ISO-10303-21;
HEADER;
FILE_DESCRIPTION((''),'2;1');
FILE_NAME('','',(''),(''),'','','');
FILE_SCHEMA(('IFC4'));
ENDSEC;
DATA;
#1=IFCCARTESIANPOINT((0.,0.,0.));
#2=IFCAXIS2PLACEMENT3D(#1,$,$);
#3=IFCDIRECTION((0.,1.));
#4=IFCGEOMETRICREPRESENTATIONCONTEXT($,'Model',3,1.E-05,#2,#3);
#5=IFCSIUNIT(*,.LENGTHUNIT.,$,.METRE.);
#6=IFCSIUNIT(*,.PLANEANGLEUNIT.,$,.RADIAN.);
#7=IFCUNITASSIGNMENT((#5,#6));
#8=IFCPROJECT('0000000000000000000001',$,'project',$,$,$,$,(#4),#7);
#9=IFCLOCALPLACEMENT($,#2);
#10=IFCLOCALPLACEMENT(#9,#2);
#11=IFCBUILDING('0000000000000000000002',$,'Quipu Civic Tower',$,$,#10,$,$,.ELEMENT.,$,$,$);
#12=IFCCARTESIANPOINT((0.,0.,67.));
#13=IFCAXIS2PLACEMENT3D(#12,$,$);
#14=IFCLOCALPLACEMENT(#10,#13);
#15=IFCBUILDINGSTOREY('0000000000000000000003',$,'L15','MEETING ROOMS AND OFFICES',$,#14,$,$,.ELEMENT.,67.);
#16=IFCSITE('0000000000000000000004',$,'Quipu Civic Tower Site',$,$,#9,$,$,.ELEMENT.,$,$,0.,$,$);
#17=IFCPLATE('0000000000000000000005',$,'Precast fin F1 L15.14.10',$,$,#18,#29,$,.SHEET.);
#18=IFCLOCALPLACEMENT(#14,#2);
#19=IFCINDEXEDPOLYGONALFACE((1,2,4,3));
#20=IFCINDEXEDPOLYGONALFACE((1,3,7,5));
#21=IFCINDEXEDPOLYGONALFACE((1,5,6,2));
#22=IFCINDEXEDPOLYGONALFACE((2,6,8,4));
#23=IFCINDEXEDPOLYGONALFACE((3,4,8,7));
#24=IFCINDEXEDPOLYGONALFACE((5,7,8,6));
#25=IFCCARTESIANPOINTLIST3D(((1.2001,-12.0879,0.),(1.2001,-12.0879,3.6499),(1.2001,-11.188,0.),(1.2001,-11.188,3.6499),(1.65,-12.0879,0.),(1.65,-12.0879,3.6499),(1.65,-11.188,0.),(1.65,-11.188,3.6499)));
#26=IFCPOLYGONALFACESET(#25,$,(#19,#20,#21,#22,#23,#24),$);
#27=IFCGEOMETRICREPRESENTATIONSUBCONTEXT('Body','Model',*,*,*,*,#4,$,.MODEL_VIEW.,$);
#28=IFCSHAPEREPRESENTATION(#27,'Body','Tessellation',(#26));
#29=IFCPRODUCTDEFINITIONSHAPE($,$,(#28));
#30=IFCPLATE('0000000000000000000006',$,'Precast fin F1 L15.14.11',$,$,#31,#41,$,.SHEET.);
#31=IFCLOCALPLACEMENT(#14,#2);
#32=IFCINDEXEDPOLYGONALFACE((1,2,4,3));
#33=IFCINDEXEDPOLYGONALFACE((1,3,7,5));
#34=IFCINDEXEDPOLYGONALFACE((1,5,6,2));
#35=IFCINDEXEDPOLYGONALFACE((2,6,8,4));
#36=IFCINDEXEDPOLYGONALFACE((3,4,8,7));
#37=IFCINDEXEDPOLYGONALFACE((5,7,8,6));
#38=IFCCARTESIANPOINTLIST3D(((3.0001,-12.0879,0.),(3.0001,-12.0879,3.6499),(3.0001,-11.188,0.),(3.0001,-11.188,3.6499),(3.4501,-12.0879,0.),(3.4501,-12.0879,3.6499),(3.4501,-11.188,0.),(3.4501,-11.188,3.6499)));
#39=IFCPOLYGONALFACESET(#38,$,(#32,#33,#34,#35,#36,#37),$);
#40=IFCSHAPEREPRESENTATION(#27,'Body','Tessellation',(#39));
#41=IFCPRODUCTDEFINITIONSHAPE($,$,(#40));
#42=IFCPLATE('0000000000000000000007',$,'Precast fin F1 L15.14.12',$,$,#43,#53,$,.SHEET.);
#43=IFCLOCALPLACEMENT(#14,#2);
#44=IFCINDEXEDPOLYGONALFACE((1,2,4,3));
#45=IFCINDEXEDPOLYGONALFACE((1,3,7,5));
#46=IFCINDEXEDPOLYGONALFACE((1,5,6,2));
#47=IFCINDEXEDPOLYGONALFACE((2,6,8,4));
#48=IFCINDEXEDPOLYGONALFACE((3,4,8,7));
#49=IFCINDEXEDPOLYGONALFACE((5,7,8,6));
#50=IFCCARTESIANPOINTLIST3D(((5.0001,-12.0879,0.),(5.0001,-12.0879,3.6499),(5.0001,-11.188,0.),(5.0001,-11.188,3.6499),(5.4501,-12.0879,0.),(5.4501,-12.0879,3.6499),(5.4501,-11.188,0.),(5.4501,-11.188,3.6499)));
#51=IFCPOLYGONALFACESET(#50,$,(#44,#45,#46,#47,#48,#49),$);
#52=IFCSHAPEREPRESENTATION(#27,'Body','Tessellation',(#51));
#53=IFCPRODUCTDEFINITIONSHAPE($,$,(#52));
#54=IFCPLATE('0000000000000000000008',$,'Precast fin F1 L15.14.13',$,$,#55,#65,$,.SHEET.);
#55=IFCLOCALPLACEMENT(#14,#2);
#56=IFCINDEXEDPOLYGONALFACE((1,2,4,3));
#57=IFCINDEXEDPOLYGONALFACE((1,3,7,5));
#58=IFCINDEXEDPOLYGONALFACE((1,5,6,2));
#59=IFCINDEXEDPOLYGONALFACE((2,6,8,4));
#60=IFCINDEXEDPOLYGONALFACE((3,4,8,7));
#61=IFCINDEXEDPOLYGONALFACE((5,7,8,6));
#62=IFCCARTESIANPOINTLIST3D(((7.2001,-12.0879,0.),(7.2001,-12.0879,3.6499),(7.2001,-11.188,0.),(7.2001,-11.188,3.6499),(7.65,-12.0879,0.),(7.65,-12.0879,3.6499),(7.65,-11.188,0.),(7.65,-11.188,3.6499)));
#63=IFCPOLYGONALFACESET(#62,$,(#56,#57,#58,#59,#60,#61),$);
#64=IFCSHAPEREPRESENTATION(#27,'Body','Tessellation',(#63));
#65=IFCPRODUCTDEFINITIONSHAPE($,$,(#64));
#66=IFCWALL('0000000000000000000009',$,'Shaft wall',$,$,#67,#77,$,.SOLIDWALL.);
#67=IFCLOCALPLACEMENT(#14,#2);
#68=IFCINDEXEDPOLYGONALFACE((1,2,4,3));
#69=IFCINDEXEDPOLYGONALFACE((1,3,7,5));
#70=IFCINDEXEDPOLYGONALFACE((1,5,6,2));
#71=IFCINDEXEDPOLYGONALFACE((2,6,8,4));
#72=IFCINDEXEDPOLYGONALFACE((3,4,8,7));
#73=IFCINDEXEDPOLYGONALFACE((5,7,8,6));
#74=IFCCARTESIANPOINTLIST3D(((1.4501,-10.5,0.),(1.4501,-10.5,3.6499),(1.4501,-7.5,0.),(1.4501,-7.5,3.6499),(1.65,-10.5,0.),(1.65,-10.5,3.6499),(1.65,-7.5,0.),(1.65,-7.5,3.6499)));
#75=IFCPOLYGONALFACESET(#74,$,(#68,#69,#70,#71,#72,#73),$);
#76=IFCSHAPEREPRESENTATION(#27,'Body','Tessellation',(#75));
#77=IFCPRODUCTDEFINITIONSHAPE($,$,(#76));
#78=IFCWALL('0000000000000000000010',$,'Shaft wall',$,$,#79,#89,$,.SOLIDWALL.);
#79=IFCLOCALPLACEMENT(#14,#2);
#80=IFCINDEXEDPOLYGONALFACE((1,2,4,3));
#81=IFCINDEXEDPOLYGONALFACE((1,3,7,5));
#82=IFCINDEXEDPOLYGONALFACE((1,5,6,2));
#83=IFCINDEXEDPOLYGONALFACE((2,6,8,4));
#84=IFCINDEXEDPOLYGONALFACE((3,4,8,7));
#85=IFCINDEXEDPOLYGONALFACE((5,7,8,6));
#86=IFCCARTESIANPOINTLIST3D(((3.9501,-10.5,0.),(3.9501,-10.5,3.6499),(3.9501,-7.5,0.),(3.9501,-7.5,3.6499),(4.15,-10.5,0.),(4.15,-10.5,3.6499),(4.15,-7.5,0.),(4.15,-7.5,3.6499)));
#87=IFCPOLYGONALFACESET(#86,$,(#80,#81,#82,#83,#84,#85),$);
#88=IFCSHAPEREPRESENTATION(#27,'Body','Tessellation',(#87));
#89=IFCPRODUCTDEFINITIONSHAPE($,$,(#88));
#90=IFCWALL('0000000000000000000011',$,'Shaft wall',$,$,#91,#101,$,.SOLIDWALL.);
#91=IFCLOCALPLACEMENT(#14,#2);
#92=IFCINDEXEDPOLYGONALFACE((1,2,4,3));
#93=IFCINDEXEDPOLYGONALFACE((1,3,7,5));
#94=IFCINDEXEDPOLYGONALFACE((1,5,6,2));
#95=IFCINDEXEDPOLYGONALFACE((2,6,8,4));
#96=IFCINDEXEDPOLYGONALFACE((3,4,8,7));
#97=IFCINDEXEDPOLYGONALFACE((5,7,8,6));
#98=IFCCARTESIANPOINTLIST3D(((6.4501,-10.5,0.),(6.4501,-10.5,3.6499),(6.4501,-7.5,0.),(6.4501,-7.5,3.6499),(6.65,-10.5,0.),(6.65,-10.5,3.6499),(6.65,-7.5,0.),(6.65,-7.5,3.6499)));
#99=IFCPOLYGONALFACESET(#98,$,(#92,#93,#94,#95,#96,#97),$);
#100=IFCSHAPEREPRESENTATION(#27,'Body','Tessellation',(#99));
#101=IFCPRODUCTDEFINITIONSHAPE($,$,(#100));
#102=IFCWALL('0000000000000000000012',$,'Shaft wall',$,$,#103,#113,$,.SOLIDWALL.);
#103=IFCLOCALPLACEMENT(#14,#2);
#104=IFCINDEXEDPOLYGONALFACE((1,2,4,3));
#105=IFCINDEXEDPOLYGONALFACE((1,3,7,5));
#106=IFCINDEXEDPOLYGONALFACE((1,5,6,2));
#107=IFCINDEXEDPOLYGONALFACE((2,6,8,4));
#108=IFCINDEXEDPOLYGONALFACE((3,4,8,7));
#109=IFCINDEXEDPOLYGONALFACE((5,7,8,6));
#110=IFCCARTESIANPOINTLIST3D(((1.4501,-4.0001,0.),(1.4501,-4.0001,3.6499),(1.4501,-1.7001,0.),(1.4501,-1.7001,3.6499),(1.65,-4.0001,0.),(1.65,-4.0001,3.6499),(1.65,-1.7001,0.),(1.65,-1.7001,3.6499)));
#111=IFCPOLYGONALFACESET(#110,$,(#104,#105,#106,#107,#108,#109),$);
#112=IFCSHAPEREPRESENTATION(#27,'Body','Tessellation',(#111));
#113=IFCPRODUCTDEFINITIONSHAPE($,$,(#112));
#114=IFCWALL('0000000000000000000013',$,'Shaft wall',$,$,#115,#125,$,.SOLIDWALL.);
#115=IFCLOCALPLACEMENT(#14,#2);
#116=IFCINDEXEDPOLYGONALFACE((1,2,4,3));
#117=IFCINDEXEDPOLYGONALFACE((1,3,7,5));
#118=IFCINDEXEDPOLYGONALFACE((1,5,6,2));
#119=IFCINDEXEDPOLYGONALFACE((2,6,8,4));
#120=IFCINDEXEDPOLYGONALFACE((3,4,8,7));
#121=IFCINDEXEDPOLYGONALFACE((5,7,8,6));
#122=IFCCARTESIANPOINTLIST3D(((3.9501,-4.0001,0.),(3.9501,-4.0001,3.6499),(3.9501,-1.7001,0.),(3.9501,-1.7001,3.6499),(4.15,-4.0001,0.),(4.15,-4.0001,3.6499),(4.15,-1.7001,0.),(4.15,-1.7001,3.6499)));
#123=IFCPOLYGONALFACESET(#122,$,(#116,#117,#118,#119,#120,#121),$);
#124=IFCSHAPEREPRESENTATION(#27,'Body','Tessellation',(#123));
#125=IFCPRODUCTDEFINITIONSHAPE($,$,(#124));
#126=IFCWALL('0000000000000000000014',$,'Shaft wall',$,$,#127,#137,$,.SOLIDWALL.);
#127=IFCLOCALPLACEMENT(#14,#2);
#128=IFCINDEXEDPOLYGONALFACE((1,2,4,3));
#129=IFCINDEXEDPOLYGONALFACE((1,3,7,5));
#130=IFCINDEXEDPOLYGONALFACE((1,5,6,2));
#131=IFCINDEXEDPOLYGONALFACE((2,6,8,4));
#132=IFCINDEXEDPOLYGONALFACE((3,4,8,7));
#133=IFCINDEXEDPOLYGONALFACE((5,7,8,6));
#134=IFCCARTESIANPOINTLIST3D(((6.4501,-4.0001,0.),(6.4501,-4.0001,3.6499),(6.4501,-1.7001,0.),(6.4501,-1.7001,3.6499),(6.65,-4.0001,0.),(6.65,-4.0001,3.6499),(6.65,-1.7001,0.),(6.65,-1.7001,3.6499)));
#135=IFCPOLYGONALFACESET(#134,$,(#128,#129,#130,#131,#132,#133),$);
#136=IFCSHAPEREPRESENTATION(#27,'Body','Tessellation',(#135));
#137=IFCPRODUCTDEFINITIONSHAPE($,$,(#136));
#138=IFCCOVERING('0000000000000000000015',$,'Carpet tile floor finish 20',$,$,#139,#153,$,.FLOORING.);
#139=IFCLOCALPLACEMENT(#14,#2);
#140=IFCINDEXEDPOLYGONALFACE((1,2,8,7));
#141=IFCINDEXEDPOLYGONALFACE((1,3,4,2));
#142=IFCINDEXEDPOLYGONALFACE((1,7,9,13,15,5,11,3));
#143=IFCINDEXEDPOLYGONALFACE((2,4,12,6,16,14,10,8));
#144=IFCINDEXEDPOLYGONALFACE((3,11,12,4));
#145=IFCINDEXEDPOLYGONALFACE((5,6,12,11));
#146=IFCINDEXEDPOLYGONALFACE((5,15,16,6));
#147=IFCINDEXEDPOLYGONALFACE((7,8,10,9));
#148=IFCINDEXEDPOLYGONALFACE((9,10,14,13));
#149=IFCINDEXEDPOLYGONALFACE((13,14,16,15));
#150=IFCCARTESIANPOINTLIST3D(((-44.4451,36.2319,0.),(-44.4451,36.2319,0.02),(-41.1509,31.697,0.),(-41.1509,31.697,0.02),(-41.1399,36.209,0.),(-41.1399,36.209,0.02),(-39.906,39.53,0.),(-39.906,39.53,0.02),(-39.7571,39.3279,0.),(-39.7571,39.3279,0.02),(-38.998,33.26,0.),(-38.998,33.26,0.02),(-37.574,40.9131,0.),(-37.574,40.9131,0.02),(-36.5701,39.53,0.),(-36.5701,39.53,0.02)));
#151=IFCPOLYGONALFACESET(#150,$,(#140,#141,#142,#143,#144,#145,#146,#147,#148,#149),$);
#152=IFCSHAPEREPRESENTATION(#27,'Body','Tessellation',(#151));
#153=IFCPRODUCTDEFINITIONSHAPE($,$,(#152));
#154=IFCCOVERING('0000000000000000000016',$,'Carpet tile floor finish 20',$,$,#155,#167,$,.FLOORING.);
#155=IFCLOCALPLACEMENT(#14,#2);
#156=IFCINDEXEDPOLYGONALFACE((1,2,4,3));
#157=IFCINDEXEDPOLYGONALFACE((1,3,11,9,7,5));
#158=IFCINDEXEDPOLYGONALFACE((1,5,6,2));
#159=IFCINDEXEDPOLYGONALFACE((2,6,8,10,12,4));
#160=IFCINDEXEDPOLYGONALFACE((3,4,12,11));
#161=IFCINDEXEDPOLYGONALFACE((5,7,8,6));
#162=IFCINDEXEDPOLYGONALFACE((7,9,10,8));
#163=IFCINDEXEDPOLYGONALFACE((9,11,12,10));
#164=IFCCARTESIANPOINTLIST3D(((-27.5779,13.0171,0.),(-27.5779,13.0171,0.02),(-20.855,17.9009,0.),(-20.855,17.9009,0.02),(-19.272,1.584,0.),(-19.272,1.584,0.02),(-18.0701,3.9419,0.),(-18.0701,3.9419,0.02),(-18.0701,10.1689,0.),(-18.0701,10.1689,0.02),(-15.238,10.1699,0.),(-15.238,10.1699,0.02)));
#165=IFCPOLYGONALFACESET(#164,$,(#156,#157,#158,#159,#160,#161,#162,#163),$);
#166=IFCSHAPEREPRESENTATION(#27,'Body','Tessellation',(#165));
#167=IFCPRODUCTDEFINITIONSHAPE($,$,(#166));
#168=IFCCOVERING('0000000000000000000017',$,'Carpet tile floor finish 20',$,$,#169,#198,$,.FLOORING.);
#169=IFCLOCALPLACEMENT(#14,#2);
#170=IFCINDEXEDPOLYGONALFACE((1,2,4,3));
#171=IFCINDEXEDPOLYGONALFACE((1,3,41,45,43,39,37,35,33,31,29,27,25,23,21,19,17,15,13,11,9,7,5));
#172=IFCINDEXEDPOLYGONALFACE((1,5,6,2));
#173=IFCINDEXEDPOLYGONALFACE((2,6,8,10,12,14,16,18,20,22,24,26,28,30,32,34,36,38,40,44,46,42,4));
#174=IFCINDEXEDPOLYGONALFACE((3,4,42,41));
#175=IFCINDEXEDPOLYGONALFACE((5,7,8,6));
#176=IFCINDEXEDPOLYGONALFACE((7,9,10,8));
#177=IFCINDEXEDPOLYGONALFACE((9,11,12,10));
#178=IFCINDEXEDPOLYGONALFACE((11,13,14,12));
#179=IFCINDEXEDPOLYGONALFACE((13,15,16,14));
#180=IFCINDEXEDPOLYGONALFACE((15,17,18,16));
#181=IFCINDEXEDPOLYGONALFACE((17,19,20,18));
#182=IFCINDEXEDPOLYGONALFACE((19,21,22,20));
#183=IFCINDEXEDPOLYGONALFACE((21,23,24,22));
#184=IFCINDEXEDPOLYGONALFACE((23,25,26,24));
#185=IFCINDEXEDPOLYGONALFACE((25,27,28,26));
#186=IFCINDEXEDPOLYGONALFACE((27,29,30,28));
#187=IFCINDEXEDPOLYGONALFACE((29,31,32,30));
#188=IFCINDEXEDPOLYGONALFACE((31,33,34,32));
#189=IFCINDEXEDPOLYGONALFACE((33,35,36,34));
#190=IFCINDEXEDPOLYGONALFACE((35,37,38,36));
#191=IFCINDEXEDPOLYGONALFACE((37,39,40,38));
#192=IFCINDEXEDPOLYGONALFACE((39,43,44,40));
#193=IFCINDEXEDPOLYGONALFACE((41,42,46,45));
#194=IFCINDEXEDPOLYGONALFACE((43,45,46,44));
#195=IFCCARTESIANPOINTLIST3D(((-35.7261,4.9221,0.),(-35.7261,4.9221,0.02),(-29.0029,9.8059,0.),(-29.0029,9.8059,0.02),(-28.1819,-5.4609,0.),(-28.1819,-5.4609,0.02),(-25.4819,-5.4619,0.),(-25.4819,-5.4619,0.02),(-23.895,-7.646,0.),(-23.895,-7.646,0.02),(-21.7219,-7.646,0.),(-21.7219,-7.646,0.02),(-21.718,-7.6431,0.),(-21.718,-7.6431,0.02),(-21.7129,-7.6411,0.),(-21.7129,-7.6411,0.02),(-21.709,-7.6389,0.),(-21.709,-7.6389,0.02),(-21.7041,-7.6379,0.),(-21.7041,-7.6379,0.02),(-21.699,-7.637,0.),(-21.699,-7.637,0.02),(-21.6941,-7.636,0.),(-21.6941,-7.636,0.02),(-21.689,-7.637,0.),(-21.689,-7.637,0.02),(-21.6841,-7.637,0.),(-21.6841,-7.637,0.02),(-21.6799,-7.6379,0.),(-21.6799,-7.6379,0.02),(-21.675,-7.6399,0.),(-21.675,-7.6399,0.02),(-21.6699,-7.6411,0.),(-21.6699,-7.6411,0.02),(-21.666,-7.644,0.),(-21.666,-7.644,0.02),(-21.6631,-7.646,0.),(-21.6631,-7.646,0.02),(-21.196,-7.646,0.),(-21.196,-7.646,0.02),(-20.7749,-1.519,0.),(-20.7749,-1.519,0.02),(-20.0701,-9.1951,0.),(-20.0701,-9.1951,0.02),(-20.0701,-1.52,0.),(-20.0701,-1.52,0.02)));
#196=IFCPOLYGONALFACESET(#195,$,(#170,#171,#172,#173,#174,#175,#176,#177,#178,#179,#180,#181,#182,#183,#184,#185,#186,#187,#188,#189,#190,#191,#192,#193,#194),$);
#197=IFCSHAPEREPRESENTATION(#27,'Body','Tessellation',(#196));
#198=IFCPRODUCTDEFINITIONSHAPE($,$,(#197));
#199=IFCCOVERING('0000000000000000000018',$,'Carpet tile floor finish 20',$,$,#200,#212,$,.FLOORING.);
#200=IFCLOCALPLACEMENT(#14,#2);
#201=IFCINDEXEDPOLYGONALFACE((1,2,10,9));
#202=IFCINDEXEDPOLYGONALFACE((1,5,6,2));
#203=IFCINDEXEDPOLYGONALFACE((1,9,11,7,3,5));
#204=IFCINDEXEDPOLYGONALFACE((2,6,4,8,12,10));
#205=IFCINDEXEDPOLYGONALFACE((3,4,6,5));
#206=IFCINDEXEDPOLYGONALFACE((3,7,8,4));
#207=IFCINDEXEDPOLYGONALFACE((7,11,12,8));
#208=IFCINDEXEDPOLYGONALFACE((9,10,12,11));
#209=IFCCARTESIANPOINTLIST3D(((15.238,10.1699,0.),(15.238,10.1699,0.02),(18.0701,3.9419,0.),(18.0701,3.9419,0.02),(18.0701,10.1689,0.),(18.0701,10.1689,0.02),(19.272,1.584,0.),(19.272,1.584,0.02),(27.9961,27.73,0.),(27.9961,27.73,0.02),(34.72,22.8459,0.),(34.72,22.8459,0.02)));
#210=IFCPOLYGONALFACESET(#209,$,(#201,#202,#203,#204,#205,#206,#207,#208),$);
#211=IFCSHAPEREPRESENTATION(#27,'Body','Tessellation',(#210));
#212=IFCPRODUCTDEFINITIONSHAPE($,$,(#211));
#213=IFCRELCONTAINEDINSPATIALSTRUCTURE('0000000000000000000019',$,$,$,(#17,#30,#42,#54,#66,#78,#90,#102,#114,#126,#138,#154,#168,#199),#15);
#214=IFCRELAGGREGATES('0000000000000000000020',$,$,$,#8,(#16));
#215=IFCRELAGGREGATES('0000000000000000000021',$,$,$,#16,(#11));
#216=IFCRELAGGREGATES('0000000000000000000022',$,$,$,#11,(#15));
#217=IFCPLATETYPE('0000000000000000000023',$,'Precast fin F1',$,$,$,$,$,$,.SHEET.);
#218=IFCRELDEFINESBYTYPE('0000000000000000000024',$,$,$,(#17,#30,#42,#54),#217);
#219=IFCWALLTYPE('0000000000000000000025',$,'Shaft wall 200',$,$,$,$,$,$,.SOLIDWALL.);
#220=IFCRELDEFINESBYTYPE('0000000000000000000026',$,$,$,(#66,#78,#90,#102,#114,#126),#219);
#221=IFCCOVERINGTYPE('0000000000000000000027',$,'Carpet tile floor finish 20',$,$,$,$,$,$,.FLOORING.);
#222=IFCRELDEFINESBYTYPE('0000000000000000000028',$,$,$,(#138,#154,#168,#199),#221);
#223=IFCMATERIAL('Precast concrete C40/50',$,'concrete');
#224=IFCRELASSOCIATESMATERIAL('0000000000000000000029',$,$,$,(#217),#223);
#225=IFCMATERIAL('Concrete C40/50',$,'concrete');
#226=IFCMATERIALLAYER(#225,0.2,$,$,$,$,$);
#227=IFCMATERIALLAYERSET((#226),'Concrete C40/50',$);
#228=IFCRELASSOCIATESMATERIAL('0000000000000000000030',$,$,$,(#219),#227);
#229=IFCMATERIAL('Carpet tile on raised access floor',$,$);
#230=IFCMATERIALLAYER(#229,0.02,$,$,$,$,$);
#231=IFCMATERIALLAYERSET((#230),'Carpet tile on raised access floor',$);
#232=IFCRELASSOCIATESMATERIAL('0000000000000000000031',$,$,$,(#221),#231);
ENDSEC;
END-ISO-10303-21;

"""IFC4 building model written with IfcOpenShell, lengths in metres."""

from ifc_helpers import new_model, si_unit, direction, frame, frame_2d, origin, origin_2d, place, context, subcontext, project, spatial, polyline, rectangle, outline, extrude, material, layer, layer_set, type_object, element, save


model = new_model("IFC4")

# Units and contexts
model_context = context("Model", 3, precision=1e-05, world=origin(), true_north=direction((0.0, 1.0)))
body_context = subcontext(model_context, "Body", "Model", "MODEL_VIEW")
ifc_project = project(units=[si_unit("LENGTHUNIT", "METRE"), si_unit("PLANEANGLEUNIT", "RADIAN")], contexts=[model_context])

# Site, building, storey
site_placement = place(None, origin())
site = spatial("IfcSite", under=ifc_project, at=site_placement, Name="Quipu Civic Tower Site", CompositionType="ELEMENT", RefElevation=0.0)
building_placement = place(site_placement, origin())
building = spatial("IfcBuilding", under=site, at=building_placement, Name="Quipu Civic Tower", CompositionType="ELEMENT")
storey_placement = place(building_placement, frame((0.0, 0.0, 67.0)))
storey = spatial("IfcBuildingStorey", under=building, at=storey_placement, Name="L15", Description="MEETING ROOMS AND OFFICES", CompositionType="ELEMENT", Elevation=67.0)

# Plates
ifc_material_1 = material(Name="Precast concrete C40/50", Category="concrete")
plate_type = type_object("IfcPlateType", Name="Precast fin F1", PredefinedType="SHEET", material=ifc_material_1)
for number, where, z_axis, x_axis, name in (
    (1, (1.425, -11.6379, 0.0), (0.0, 0.0, 1.0), (1.0, 0.0, 0.0), "Precast fin F1 L15.14.10"),
    (2, (3.2251, -11.6379, 0.0), (0.0, 0.0, 1.0), (1.0, 0.0, 0.0), "Precast fin F1 L15.14.11"),
    (3, (5.2251, -11.6379, 0.0), (0.0, 0.0, 1.0), (1.0, 0.0, 0.0), "Precast fin F1 L15.14.12"),
    (4, (7.425, -11.6379, 0.0), (0.0, 0.0, 1.0), (1.0, 0.0, 0.0), "Precast fin F1 L15.14.13"),
):
    element("IfcPlate", number, at=place(storey_placement, frame(where, z_axis=z_axis, x_axis=x_axis)), inside=storey, type_object=plate_type, Name=name, PredefinedType="SHEET", context=body_context, shape_type="SweptSolid", body=[
        extrude(rectangle(XDim=0.45, YDim=0.8999, at=origin_2d()), origin(), (0.0, 0.0, 1.0), 3.6499),
    ])

# Walls
ifc_material_2 = material(Name="Concrete C40/50", Category="concrete")
ifc_layer_1 = layer(ifc_material_2, 0.2)
ifc_layer_set_1 = layer_set([ifc_layer_1], Name="Concrete C40/50")
wall_type = type_object("IfcWallType", Name="Shaft wall 200", PredefinedType="SOLIDWALL", material=ifc_layer_set_1)
for number, where, z_axis, x_axis, name in (
    (5, (1.55, -10.5, 0.0), (0.0, 0.0, 1.0), (0.0, 1.0, 0.0), "Shaft wall"),
    (6, (4.05, -10.5, 0.0), (0.0, 0.0, 1.0), (0.0, 1.0, 0.0), "Shaft wall"),
    (7, (6.55, -10.5, 0.0), (0.0, 0.0, 1.0), (0.0, 1.0, 0.0), "Shaft wall"),
):
    element("IfcWall", number, at=place(storey_placement, frame(where, z_axis=z_axis, x_axis=x_axis)), inside=storey, type_object=wall_type, Name=name, PredefinedType="SOLIDWALL", context=body_context, shape_type="SweptSolid", body=[
        extrude(rectangle(XDim=3.0, YDim=0.2, at=frame_2d((1.5, 0.0))), origin(), (0.0, 0.0, 1.0), 3.6499),
    ])
for number, where, z_axis, x_axis, name in (
    (8, (1.55, -4.0, 0.0), (0.0, 0.0, 1.0), (0.0, 1.0, 0.0), "Shaft wall"),
    (9, (4.05, -4.0, 0.0), (0.0, 0.0, 1.0), (0.0, 1.0, 0.0), "Shaft wall"),
    (10, (6.55, -4.0, 0.0), (0.0, 0.0, 1.0), (0.0, 1.0, 0.0), "Shaft wall"),
):
    element("IfcWall", number, at=place(storey_placement, frame(where, z_axis=z_axis, x_axis=x_axis)), inside=storey, type_object=wall_type, Name=name, PredefinedType="SOLIDWALL", context=body_context, shape_type="SweptSolid", body=[
        extrude(rectangle(XDim=2.3, YDim=0.2, at=frame_2d((1.1499, 0.0))), origin(), (0.0, 0.0, 1.0), 3.6499),
    ])

# Coverings
ifc_material_3 = material(Name="Carpet tile on raised access floor")
ifc_layer_2 = layer(ifc_material_3, 0.02)
ifc_layer_set_2 = layer_set([ifc_layer_2], Name="Carpet tile on raised access floor")
covering_type = type_object("IfcCoveringType", Name="Carpet tile floor finish 20", PredefinedType="FLOORING", material=ifc_layer_set_2)
covering_1_placement = place(storey_placement, origin())
element("IfcCovering", 11, at=covering_1_placement, inside=storey, type_object=covering_type, Name="Carpet tile floor finish 20", PredefinedType="FLOORING", context=body_context, shape_type="SweptSolid", body=[
    extrude(outline(polyline([(-44.4451, 36.2319), (-39.906, 39.53), (-39.7571, 39.3279), (-37.574, 40.9131), (-36.5701, 39.53), (-41.1399, 36.209), (-38.998, 33.26), (-41.1509, 31.697), (-44.4451, 36.2319)])), origin(), (0.0, 0.0, 1.0), 0.02),
])
covering_2_placement = place(storey_placement, origin())
element("IfcCovering", 12, at=covering_2_placement, inside=storey, type_object=covering_type, Name="Carpet tile floor finish 20", PredefinedType="FLOORING", context=body_context, shape_type="SweptSolid", body=[
    extrude(outline(polyline([(-27.5779, 13.0171), (-20.855, 17.9009), (-15.238, 10.1699), (-18.0701, 10.1689), (-18.0701, 3.9419), (-19.272, 1.584), (-27.5779, 13.0171)])), origin(), (0.0, 0.0, 1.0), 0.02),
])
covering_3_placement = place(storey_placement, origin())
element("IfcCovering", 13, at=covering_3_placement, inside=storey, type_object=covering_type, Name="Carpet tile floor finish 20", PredefinedType="FLOORING", context=body_context, shape_type="SweptSolid", body=[
    extrude(outline(polyline([(-35.7261, 4.9221), (-29.0029, 9.8059), (-20.7749, -1.519), (-20.0701, -1.52), (-20.0701, -9.1951), (-21.196, -7.646), (-21.6631, -7.646), (-21.666, -7.644), (-21.6699, -7.6411), (-21.675, -7.6399), (-21.6799, -7.6379), (-21.6841, -7.637), (-21.689, -7.637), (-21.6941, -7.636), (-21.699, -7.637), (-21.7041, -7.6379), (-21.709, -7.6389), (-21.7129, -7.6411), (-21.718, -7.6431), (-21.7219, -7.646), (-21.7219, -7.646), (-23.895, -7.646), (-25.4819, -5.4619), (-28.1819, -5.4609), (-35.7261, 4.9221)])), origin(), (0.0, 0.0, 1.0), 0.02),
])
covering_4_placement = place(storey_placement, origin())
element("IfcCovering", 14, at=covering_4_placement, inside=storey, type_object=covering_type, Name="Carpet tile floor finish 20", PredefinedType="FLOORING", context=body_context, shape_type="SweptSolid", body=[
    extrude(outline(polyline([(15.238, 10.1699), (27.9961, 27.73), (34.72, 22.8459), (19.272, 1.584), (18.0701, 3.9419), (18.0701, 10.1689), (15.238, 10.1699)])), origin(), (0.0, 0.0, 1.0), 0.02),
])

save(model, "model.ifc")
